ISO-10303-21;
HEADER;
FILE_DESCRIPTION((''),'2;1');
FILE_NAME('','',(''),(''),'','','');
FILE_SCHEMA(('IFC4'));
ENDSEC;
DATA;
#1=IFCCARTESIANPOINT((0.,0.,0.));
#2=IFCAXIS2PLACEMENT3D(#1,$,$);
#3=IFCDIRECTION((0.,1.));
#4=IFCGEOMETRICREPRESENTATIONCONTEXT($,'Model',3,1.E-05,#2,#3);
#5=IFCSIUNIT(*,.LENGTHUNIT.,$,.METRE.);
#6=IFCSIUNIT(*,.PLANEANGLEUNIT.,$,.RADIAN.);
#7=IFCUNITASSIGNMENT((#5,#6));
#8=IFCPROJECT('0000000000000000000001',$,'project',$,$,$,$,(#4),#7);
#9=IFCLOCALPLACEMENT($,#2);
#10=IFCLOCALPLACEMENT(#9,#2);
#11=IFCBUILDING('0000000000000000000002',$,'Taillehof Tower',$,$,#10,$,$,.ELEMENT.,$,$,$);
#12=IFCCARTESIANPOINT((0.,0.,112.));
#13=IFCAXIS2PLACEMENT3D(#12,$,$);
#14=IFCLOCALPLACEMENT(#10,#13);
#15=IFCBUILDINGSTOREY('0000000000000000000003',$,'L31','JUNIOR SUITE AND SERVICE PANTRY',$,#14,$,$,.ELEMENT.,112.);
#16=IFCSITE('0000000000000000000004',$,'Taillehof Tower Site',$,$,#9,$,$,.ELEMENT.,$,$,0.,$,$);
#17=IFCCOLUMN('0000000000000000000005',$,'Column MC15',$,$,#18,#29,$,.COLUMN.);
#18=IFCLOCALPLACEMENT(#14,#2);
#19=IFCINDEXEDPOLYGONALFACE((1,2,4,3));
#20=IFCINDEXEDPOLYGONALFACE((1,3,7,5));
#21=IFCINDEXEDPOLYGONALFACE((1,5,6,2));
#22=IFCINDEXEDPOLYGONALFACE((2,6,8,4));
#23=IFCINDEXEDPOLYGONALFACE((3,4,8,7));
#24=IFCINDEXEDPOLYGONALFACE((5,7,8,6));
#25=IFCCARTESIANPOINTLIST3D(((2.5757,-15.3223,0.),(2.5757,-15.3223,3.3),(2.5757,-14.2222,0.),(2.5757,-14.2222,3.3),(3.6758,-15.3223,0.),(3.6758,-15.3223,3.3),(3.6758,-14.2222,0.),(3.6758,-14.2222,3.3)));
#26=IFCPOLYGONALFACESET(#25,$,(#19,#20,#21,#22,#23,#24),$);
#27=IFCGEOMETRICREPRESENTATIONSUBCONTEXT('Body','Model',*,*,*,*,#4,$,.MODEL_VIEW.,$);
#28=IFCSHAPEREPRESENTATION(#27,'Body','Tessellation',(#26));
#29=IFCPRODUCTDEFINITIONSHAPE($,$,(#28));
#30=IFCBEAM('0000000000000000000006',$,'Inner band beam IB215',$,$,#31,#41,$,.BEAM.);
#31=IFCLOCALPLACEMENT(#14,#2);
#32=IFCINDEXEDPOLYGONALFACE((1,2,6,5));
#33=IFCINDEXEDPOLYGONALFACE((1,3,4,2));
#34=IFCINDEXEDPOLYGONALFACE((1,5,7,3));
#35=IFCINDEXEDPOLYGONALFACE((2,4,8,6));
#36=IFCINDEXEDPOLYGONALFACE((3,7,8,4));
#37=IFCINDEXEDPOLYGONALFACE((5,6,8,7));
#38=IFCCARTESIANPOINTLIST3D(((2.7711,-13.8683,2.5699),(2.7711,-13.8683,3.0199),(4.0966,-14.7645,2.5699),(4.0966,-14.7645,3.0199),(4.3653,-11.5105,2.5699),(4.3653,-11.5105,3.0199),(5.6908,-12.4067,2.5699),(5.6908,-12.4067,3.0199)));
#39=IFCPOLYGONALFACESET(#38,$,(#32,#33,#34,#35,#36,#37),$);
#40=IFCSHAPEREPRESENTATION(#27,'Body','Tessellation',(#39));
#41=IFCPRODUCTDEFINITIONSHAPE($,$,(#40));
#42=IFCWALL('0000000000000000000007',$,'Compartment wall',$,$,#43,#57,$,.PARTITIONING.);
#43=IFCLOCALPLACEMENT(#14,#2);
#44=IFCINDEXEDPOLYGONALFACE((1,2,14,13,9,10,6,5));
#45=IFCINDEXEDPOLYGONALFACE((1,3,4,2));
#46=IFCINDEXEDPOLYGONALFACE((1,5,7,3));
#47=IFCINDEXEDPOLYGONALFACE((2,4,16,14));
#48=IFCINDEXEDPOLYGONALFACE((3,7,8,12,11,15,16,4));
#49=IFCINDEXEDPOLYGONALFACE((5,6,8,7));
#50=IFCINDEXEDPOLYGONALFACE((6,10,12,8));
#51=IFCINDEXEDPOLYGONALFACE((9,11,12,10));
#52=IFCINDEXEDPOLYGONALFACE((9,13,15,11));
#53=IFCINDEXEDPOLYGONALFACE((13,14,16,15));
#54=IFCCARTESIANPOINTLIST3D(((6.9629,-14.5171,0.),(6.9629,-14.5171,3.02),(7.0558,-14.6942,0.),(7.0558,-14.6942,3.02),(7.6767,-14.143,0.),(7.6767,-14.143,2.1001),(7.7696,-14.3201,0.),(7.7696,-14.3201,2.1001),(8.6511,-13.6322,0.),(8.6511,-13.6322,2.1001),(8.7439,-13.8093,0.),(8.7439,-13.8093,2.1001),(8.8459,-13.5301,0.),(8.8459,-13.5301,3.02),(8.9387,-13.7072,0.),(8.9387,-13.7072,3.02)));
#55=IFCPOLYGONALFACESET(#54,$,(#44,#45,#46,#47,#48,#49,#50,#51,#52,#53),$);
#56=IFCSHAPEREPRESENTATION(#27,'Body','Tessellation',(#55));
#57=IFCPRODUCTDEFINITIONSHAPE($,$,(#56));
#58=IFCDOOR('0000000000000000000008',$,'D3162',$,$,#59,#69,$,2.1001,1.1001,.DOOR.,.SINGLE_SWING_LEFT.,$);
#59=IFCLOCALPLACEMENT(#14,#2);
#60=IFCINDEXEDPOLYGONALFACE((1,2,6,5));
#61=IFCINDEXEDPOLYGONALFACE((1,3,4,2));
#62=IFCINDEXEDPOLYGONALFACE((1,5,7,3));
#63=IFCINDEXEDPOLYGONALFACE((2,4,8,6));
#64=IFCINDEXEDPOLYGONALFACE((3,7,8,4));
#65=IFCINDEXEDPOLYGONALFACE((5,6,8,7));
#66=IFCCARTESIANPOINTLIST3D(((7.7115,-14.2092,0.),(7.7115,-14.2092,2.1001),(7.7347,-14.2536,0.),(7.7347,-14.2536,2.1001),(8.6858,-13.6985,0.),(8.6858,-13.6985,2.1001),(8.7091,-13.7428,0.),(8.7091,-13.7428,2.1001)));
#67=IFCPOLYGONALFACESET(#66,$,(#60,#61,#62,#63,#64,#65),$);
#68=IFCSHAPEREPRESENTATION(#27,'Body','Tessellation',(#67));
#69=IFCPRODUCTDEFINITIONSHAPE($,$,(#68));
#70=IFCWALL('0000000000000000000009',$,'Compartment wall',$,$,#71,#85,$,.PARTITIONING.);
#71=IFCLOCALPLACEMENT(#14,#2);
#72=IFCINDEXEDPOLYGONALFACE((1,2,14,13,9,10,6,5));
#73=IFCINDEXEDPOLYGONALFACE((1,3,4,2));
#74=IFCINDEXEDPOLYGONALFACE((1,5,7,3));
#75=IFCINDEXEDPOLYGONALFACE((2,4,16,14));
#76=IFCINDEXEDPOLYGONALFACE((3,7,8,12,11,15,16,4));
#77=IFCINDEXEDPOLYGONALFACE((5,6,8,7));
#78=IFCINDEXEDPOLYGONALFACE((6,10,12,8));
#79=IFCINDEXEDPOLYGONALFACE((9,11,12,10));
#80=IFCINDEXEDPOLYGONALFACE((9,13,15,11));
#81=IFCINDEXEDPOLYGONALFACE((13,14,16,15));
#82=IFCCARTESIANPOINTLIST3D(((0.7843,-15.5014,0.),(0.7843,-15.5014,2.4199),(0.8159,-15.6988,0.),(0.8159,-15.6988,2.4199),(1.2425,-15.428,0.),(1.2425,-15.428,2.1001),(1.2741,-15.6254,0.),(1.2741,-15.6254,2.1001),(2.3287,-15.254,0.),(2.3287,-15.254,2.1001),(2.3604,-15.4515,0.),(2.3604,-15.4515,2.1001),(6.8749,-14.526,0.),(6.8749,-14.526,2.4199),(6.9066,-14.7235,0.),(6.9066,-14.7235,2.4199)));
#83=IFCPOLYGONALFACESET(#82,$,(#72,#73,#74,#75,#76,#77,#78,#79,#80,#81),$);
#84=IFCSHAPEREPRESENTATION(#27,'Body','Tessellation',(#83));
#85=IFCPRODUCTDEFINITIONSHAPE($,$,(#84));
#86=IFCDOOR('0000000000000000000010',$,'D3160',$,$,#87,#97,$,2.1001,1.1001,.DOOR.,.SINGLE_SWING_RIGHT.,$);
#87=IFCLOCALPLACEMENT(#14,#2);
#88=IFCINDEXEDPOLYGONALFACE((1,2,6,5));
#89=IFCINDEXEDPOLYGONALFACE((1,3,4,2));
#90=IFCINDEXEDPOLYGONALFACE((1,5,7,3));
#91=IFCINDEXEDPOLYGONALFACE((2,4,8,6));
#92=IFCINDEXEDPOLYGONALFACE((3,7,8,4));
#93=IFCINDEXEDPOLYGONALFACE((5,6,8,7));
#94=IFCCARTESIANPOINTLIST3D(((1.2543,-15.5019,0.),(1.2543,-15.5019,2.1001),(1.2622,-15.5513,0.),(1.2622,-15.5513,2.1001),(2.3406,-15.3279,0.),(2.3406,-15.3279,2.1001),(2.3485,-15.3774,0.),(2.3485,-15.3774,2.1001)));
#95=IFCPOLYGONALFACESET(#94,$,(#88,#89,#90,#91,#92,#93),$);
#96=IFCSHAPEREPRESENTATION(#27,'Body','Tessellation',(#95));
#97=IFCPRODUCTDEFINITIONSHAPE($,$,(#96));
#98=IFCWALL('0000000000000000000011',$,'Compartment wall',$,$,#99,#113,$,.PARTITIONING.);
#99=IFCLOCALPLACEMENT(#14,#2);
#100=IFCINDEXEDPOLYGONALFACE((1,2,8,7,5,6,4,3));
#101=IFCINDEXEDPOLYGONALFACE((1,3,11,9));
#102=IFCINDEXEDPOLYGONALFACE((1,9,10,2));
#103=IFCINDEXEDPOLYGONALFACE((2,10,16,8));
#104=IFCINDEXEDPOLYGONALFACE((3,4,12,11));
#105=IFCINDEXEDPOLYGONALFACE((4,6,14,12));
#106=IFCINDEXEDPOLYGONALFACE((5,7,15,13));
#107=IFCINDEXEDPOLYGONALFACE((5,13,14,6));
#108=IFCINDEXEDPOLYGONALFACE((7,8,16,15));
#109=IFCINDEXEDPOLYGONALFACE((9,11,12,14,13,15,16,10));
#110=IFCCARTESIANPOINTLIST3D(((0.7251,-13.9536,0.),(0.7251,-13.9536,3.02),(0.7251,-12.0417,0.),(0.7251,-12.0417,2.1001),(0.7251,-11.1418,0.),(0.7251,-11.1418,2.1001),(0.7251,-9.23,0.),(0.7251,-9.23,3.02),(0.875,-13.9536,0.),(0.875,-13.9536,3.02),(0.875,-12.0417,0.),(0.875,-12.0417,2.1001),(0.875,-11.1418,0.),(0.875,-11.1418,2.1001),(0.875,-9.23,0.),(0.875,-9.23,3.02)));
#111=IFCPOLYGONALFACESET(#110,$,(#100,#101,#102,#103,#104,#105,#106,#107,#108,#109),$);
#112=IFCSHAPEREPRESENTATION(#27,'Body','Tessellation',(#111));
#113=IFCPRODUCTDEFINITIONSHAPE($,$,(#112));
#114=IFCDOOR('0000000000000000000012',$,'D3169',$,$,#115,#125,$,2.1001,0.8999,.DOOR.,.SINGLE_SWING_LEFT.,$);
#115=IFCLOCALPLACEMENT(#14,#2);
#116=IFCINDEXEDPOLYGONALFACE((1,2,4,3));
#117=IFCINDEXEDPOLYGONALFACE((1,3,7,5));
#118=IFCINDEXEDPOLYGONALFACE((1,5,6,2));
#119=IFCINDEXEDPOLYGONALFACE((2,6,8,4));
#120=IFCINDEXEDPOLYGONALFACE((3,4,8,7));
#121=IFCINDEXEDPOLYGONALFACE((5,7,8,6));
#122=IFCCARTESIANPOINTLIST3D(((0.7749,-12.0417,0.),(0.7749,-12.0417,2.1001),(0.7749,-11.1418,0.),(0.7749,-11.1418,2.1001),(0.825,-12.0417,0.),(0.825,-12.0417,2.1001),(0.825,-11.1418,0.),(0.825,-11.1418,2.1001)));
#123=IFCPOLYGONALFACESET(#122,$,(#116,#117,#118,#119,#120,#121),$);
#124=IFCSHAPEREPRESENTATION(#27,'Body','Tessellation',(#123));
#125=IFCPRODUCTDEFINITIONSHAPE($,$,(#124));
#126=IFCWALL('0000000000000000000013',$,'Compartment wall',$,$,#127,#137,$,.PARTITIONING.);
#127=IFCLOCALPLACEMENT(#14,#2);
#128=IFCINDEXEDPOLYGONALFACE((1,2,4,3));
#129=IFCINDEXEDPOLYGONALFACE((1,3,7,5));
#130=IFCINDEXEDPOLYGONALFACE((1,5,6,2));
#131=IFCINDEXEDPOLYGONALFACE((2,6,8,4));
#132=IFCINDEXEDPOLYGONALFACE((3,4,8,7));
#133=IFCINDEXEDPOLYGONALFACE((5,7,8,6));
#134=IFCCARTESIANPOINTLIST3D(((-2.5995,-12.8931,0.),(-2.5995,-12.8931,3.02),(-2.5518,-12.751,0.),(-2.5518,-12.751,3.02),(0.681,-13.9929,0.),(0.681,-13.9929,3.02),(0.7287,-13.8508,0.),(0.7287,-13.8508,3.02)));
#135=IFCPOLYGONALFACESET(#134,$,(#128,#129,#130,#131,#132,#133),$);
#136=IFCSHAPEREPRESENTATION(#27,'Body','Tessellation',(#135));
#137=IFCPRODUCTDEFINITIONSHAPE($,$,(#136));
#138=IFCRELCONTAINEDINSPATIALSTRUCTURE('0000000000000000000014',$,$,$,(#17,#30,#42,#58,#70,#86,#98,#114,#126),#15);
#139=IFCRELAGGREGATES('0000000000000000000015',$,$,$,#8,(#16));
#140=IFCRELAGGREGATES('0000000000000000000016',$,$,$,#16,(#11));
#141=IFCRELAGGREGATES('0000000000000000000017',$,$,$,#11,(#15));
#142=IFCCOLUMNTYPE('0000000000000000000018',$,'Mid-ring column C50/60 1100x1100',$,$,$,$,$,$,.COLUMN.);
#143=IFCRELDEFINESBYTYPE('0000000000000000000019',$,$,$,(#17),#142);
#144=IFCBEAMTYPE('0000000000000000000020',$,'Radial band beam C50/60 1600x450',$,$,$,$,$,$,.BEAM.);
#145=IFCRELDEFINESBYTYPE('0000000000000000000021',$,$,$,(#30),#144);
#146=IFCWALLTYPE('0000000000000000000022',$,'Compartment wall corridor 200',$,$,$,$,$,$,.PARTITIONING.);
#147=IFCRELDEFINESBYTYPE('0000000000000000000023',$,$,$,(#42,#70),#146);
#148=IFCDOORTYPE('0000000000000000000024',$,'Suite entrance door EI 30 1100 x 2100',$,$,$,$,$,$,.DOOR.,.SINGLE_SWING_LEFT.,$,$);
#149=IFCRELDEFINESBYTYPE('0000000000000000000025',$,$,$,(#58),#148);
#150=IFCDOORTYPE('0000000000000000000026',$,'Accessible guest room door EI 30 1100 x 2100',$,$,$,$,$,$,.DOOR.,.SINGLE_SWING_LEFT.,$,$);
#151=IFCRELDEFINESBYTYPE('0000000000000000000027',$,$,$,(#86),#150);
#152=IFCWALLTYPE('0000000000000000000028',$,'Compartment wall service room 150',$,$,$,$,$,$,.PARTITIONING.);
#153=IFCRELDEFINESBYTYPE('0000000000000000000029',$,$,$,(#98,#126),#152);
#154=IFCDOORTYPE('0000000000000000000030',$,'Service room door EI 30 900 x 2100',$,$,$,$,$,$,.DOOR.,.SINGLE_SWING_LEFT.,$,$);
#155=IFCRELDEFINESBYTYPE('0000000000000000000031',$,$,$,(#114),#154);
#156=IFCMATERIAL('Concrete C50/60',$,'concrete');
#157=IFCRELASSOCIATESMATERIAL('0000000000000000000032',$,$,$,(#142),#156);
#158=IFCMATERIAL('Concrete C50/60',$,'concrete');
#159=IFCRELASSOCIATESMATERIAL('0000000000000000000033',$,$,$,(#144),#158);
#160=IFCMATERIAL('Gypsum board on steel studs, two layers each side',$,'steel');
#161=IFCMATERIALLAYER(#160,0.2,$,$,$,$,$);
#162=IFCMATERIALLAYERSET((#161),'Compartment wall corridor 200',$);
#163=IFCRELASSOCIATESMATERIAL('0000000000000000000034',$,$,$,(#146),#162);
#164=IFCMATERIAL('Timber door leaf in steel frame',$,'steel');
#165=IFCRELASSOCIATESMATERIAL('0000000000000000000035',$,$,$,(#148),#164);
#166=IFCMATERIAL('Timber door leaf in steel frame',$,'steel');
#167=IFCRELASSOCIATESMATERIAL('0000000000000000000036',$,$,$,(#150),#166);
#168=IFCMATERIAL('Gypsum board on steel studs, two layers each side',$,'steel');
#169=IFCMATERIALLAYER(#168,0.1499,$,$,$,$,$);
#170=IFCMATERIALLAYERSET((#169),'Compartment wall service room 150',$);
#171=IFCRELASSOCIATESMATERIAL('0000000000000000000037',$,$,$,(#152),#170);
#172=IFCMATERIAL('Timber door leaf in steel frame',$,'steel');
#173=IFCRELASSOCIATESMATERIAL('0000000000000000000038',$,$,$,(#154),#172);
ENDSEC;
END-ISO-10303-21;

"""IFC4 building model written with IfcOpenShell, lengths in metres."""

from ifc_helpers import new_model, si_unit, direction, frame, frame_2d, origin, origin_2d, place, context, subcontext, project, spatial, rectangle, extrude, material, layer, layer_set, material_profile, profile_set, type_object, element, fill, save


model = new_model("IFC4")

# Units and contexts
model_context = context("Model", 3, precision=1e-05, world=origin(), true_north=direction((0.0, 1.0)))
body_context = subcontext(model_context, "Body", "Model", "MODEL_VIEW")
ifc_project = project(units=[si_unit("LENGTHUNIT", "METRE"), si_unit("PLANEANGLEUNIT", "RADIAN")], contexts=[model_context])

# Site, building, storey
site_placement = place(None, origin())
site = spatial("IfcSite", under=ifc_project, at=site_placement, Name="Taillehof Tower Site", CompositionType="ELEMENT", RefElevation=0.0)
building_placement = place(site_placement, origin())
building = spatial("IfcBuilding", under=site, at=building_placement, Name="Taillehof Tower", CompositionType="ELEMENT")
storey_placement = place(building_placement, frame((0.0, 0.0, 112.0)))
storey = spatial("IfcBuildingStorey", under=building, at=storey_placement, Name="L31", Description="JUNIOR SUITE AND SERVICE PANTRY", CompositionType="ELEMENT", Elevation=112.0)

# Column
ifc_material_1 = material(Name="Concrete C50/60", Category="concrete")
ifc_material_profile_1 = material_profile(ifc_material_1, rectangle(XDim=1.1001, YDim=1.1001, at=origin_2d()), Name="RC 1100x1100")
ifc_profile_set_1 = profile_set([ifc_material_profile_1], Name="Concrete C50/60")
column_type = type_object("IfcColumnType", Name="Mid-ring column C50/60 1100x1100", PredefinedType="COLUMN", material=ifc_profile_set_1)
column_placement = place(storey_placement, frame((3.1257, -14.7722, 0.0), z_axis=(0.0, 0.0, 1.0), x_axis=(1.0, 0.0, 0.0)))
element("IfcColumn", 1, at=column_placement, inside=storey, type_object=column_type, Name="Column MC15", PredefinedType="COLUMN", context=body_context, shape_type="SweptSolid", body=[
    extrude(rectangle(XDim=1.1001, YDim=1.1001, at=origin_2d()), origin(), (0.0, 0.0, 1.0), 3.3),
])

# Beam
ifc_material_2 = material(Name="Concrete C50/60", Category="concrete")
ifc_material_profile_2 = material_profile(ifc_material_2, rectangle(XDim=1.6001, YDim=0.45, at=origin_2d()), Name="RC 1600x450")
ifc_profile_set_2 = profile_set([ifc_material_profile_2], Name="Concrete C50/60")
beam_type = type_object("IfcBeamType", Name="Radial band beam C50/60 1600x450", PredefinedType="BEAM", material=ifc_profile_set_2)
beam_placement = place(storey_placement, frame((3.4338, -14.3164, 2.7949), z_axis=(0.560112, 0.828417, 0.0), x_axis=(-0.828417, 0.560112, 0.0)))
element("IfcBeam", 2, at=beam_placement, inside=storey, type_object=beam_type, Name="Inner band beam IB215", PredefinedType="BEAM", context=body_context, shape_type="SweptSolid", body=[
    extrude(rectangle(XDim=1.6001, YDim=0.45, at=origin_2d()), origin(), (0.0, 0.0, 1.0), 2.8462),
])

# Walls, openings, doors
ifc_material_3 = material(Name="Gypsum board on steel studs, two layers each side", Category="steel")
ifc_layer_1 = layer(ifc_material_3, 0.2)
ifc_layer_set_1 = layer_set([ifc_layer_1], Name="Compartment wall corridor 200")
wall_type_1 = type_object("IfcWallType", Name="Compartment wall corridor 200", PredefinedType="PARTITIONING", material=ifc_layer_set_1)
wall_1_placement = place(storey_placement, frame((8.8923, -13.6187, 0.0), z_axis=(0.0, 0.0, 1.0), x_axis=(-0.885697, -0.464264, 0.0)))
wall_1 = element("IfcWall", 3, at=wall_1_placement, inside=storey, type_object=wall_type_1, Name="Compartment wall", PredefinedType="PARTITIONING", context=body_context, shape_type="SweptSolid", body=[
    extrude(rectangle(XDim=2.126, YDim=0.2, at=frame_2d((1.063, 0.0))), origin(), (0.0, 0.0, 1.0), 3.02),
])
opening_1_placement = place(wall_1_placement, frame((0.22, 0.0, 0.0)))
opening_1 = element("IfcOpeningElement", 4, at=opening_1_placement, cuts=wall_1, PredefinedType="OPENING", context=body_context, shape_type="SweptSolid", body=[
    extrude(rectangle(XDim=1.1001, YDim=2.1001, at=frame_2d((0.55, 1.05))), frame((0.0, 0.1099, 0.0), z_axis=(0.0, -1.0, 0.0), x_axis=(1.0, 0.0, 0.0)), (0.0, 0.0, 1.0), 0.22),
])
ifc_material_4 = material(Name="Timber door leaf in steel frame", Category="steel")
door_type_1 = type_object("IfcDoorType", Name="Suite entrance door EI 30 1100 x 2100", OperationType="SINGLE_SWING_LEFT", PredefinedType="DOOR", material=ifc_material_4)
door_1_placement = place(opening_1_placement, origin())
door_1 = element("IfcDoor", 5, at=door_1_placement, inside=storey, type_object=door_type_1, Name="D3162", OperationType="SINGLE_SWING_LEFT", OverallHeight=2.1001, OverallWidth=1.1001, PredefinedType="DOOR", context=body_context, shape_type="SweptSolid", body=[
    extrude(rectangle(XDim=1.1001, YDim=2.1001, at=frame_2d((0.55, 1.05))), frame((0.0, 0.0249, 0.0), z_axis=(0.0, -1.0, 0.0), x_axis=(1.0, 0.0, 0.0)), (0.0, 0.0, 1.0), 0.05),
])
fill(opening_1, door_1)
wall_2_placement = place(storey_placement, frame((6.8906, -14.6248, 0.0), z_axis=(0.0, 0.0, 1.0), x_axis=(-0.987419, -0.158125, 0.0)))
wall_2 = element("IfcWall", 6, at=wall_2_placement, inside=storey, type_object=wall_type_1, Name="Compartment wall", PredefinedType="PARTITIONING", context=body_context, shape_type="SweptSolid", body=[
    extrude(rectangle(XDim=6.1682, YDim=0.2, at=frame_2d((3.084, 0.0))), origin(), (0.0, 0.0, 1.0), 2.4199),
])
opening_2_placement = place(wall_2_placement, frame((4.604, 0.0, 0.0)))
opening_2 = element("IfcOpeningElement", 7, at=opening_2_placement, cuts=wall_2, PredefinedType="OPENING", context=body_context, shape_type="SweptSolid", body=[
    extrude(rectangle(XDim=1.1001, YDim=2.1001, at=frame_2d((0.55, 1.05))), frame((0.0, 0.1099, 0.0), z_axis=(0.0, -1.0, 0.0), x_axis=(1.0, 0.0, 0.0)), (0.0, 0.0, 1.0), 0.22),
])
ifc_material_5 = material(Name="Timber door leaf in steel frame", Category="steel")
door_type_2 = type_object("IfcDoorType", Name="Accessible guest room door EI 30 1100 x 2100", OperationType="SINGLE_SWING_LEFT", PredefinedType="DOOR", material=ifc_material_5)
door_2_placement = place(opening_2_placement, origin())
door_2 = element("IfcDoor", 8, at=door_2_placement, inside=storey, type_object=door_type_2, Name="D3160", OperationType="SINGLE_SWING_RIGHT", OverallHeight=2.1001, OverallWidth=1.1001, PredefinedType="DOOR", context=body_context, shape_type="SweptSolid", body=[
    extrude(rectangle(XDim=1.1001, YDim=2.1001, at=frame_2d((0.55, 1.05))), frame((0.0, 0.0249, 0.0), z_axis=(0.0, -1.0, 0.0), x_axis=(1.0, 0.0, 0.0)), (0.0, 0.0, 1.0), 0.05),
])
fill(opening_2, door_2)
ifc_material_6 = material(Name="Gypsum board on steel studs, two layers each side", Category="steel")
ifc_layer_2 = layer(ifc_material_6, 0.1499)
ifc_layer_set_2 = layer_set([ifc_layer_2], Name="Compartment wall service room 150")
wall_type_2 = type_object("IfcWallType", Name="Compartment wall service room 150", PredefinedType="PARTITIONING", material=ifc_layer_set_2)
wall_3_placement = place(storey_placement, frame((0.8, -9.23, 0.0), z_axis=(0.0, 0.0, 1.0), x_axis=(0.0, -1.0, 0.0)))
wall_3 = element("IfcWall", 9, at=wall_3_placement, inside=storey, type_object=wall_type_2, Name="Compartment wall", PredefinedType="PARTITIONING", context=body_context, shape_type="SweptSolid", body=[
    extrude(rectangle(XDim=4.7236, YDim=0.1499, at=frame_2d((2.3618, 0.0))), origin(), (0.0, 0.0, 1.0), 3.02),
])
opening_3_placement = place(wall_3_placement, frame((1.9119, 0.0, 0.0)))
opening_3 = element("IfcOpeningElement", 10, at=opening_3_placement, cuts=wall_3, PredefinedType="OPENING", context=body_context, shape_type="SweptSolid", body=[
    extrude(rectangle(XDim=0.8999, YDim=2.1001, at=frame_2d((0.45, 1.05))), frame((0.0, 0.085, 0.0), z_axis=(0.0, -1.0, 0.0), x_axis=(1.0, 0.0, 0.0)), (0.0, 0.0, 1.0), 0.1699),
])
ifc_material_7 = material(Name="Timber door leaf in steel frame", Category="steel")
door_type_3 = type_object("IfcDoorType", Name="Service room door EI 30 900 x 2100", OperationType="SINGLE_SWING_LEFT", PredefinedType="DOOR", material=ifc_material_7)
door_3_placement = place(opening_3_placement, origin())
door_3 = element("IfcDoor", 11, at=door_3_placement, inside=storey, type_object=door_type_3, Name="D3169", OperationType="SINGLE_SWING_LEFT", OverallHeight=2.1001, OverallWidth=0.8999, PredefinedType="DOOR", context=body_context, shape_type="SweptSolid", body=[
    extrude(rectangle(XDim=0.8999, YDim=2.1001, at=frame_2d((0.45, 1.05))), frame((0.0, 0.0249, 0.0), z_axis=(0.0, -1.0, 0.0), x_axis=(1.0, 0.0, 0.0)), (0.0, 0.0, 1.0), 0.05),
])
fill(opening_3, door_3)

# Wall
wall_4_placement = place(storey_placement, frame((0.7048, -13.9219, 0.0), z_axis=(0.0, 0.0, 1.0), x_axis=(-0.948131, 0.317878, 0.0)))
element("IfcWall", 12, at=wall_4_placement, inside=storey, type_object=wall_type_2, Name="Compartment wall", PredefinedType="PARTITIONING", context=body_context, shape_type="SweptSolid", body=[
    extrude(rectangle(XDim=3.46, YDim=0.1499, at=frame_2d((1.73, 0.0))), origin(), (0.0, 0.0, 1.0), 3.02),
])

save(model, "model.ifc")
